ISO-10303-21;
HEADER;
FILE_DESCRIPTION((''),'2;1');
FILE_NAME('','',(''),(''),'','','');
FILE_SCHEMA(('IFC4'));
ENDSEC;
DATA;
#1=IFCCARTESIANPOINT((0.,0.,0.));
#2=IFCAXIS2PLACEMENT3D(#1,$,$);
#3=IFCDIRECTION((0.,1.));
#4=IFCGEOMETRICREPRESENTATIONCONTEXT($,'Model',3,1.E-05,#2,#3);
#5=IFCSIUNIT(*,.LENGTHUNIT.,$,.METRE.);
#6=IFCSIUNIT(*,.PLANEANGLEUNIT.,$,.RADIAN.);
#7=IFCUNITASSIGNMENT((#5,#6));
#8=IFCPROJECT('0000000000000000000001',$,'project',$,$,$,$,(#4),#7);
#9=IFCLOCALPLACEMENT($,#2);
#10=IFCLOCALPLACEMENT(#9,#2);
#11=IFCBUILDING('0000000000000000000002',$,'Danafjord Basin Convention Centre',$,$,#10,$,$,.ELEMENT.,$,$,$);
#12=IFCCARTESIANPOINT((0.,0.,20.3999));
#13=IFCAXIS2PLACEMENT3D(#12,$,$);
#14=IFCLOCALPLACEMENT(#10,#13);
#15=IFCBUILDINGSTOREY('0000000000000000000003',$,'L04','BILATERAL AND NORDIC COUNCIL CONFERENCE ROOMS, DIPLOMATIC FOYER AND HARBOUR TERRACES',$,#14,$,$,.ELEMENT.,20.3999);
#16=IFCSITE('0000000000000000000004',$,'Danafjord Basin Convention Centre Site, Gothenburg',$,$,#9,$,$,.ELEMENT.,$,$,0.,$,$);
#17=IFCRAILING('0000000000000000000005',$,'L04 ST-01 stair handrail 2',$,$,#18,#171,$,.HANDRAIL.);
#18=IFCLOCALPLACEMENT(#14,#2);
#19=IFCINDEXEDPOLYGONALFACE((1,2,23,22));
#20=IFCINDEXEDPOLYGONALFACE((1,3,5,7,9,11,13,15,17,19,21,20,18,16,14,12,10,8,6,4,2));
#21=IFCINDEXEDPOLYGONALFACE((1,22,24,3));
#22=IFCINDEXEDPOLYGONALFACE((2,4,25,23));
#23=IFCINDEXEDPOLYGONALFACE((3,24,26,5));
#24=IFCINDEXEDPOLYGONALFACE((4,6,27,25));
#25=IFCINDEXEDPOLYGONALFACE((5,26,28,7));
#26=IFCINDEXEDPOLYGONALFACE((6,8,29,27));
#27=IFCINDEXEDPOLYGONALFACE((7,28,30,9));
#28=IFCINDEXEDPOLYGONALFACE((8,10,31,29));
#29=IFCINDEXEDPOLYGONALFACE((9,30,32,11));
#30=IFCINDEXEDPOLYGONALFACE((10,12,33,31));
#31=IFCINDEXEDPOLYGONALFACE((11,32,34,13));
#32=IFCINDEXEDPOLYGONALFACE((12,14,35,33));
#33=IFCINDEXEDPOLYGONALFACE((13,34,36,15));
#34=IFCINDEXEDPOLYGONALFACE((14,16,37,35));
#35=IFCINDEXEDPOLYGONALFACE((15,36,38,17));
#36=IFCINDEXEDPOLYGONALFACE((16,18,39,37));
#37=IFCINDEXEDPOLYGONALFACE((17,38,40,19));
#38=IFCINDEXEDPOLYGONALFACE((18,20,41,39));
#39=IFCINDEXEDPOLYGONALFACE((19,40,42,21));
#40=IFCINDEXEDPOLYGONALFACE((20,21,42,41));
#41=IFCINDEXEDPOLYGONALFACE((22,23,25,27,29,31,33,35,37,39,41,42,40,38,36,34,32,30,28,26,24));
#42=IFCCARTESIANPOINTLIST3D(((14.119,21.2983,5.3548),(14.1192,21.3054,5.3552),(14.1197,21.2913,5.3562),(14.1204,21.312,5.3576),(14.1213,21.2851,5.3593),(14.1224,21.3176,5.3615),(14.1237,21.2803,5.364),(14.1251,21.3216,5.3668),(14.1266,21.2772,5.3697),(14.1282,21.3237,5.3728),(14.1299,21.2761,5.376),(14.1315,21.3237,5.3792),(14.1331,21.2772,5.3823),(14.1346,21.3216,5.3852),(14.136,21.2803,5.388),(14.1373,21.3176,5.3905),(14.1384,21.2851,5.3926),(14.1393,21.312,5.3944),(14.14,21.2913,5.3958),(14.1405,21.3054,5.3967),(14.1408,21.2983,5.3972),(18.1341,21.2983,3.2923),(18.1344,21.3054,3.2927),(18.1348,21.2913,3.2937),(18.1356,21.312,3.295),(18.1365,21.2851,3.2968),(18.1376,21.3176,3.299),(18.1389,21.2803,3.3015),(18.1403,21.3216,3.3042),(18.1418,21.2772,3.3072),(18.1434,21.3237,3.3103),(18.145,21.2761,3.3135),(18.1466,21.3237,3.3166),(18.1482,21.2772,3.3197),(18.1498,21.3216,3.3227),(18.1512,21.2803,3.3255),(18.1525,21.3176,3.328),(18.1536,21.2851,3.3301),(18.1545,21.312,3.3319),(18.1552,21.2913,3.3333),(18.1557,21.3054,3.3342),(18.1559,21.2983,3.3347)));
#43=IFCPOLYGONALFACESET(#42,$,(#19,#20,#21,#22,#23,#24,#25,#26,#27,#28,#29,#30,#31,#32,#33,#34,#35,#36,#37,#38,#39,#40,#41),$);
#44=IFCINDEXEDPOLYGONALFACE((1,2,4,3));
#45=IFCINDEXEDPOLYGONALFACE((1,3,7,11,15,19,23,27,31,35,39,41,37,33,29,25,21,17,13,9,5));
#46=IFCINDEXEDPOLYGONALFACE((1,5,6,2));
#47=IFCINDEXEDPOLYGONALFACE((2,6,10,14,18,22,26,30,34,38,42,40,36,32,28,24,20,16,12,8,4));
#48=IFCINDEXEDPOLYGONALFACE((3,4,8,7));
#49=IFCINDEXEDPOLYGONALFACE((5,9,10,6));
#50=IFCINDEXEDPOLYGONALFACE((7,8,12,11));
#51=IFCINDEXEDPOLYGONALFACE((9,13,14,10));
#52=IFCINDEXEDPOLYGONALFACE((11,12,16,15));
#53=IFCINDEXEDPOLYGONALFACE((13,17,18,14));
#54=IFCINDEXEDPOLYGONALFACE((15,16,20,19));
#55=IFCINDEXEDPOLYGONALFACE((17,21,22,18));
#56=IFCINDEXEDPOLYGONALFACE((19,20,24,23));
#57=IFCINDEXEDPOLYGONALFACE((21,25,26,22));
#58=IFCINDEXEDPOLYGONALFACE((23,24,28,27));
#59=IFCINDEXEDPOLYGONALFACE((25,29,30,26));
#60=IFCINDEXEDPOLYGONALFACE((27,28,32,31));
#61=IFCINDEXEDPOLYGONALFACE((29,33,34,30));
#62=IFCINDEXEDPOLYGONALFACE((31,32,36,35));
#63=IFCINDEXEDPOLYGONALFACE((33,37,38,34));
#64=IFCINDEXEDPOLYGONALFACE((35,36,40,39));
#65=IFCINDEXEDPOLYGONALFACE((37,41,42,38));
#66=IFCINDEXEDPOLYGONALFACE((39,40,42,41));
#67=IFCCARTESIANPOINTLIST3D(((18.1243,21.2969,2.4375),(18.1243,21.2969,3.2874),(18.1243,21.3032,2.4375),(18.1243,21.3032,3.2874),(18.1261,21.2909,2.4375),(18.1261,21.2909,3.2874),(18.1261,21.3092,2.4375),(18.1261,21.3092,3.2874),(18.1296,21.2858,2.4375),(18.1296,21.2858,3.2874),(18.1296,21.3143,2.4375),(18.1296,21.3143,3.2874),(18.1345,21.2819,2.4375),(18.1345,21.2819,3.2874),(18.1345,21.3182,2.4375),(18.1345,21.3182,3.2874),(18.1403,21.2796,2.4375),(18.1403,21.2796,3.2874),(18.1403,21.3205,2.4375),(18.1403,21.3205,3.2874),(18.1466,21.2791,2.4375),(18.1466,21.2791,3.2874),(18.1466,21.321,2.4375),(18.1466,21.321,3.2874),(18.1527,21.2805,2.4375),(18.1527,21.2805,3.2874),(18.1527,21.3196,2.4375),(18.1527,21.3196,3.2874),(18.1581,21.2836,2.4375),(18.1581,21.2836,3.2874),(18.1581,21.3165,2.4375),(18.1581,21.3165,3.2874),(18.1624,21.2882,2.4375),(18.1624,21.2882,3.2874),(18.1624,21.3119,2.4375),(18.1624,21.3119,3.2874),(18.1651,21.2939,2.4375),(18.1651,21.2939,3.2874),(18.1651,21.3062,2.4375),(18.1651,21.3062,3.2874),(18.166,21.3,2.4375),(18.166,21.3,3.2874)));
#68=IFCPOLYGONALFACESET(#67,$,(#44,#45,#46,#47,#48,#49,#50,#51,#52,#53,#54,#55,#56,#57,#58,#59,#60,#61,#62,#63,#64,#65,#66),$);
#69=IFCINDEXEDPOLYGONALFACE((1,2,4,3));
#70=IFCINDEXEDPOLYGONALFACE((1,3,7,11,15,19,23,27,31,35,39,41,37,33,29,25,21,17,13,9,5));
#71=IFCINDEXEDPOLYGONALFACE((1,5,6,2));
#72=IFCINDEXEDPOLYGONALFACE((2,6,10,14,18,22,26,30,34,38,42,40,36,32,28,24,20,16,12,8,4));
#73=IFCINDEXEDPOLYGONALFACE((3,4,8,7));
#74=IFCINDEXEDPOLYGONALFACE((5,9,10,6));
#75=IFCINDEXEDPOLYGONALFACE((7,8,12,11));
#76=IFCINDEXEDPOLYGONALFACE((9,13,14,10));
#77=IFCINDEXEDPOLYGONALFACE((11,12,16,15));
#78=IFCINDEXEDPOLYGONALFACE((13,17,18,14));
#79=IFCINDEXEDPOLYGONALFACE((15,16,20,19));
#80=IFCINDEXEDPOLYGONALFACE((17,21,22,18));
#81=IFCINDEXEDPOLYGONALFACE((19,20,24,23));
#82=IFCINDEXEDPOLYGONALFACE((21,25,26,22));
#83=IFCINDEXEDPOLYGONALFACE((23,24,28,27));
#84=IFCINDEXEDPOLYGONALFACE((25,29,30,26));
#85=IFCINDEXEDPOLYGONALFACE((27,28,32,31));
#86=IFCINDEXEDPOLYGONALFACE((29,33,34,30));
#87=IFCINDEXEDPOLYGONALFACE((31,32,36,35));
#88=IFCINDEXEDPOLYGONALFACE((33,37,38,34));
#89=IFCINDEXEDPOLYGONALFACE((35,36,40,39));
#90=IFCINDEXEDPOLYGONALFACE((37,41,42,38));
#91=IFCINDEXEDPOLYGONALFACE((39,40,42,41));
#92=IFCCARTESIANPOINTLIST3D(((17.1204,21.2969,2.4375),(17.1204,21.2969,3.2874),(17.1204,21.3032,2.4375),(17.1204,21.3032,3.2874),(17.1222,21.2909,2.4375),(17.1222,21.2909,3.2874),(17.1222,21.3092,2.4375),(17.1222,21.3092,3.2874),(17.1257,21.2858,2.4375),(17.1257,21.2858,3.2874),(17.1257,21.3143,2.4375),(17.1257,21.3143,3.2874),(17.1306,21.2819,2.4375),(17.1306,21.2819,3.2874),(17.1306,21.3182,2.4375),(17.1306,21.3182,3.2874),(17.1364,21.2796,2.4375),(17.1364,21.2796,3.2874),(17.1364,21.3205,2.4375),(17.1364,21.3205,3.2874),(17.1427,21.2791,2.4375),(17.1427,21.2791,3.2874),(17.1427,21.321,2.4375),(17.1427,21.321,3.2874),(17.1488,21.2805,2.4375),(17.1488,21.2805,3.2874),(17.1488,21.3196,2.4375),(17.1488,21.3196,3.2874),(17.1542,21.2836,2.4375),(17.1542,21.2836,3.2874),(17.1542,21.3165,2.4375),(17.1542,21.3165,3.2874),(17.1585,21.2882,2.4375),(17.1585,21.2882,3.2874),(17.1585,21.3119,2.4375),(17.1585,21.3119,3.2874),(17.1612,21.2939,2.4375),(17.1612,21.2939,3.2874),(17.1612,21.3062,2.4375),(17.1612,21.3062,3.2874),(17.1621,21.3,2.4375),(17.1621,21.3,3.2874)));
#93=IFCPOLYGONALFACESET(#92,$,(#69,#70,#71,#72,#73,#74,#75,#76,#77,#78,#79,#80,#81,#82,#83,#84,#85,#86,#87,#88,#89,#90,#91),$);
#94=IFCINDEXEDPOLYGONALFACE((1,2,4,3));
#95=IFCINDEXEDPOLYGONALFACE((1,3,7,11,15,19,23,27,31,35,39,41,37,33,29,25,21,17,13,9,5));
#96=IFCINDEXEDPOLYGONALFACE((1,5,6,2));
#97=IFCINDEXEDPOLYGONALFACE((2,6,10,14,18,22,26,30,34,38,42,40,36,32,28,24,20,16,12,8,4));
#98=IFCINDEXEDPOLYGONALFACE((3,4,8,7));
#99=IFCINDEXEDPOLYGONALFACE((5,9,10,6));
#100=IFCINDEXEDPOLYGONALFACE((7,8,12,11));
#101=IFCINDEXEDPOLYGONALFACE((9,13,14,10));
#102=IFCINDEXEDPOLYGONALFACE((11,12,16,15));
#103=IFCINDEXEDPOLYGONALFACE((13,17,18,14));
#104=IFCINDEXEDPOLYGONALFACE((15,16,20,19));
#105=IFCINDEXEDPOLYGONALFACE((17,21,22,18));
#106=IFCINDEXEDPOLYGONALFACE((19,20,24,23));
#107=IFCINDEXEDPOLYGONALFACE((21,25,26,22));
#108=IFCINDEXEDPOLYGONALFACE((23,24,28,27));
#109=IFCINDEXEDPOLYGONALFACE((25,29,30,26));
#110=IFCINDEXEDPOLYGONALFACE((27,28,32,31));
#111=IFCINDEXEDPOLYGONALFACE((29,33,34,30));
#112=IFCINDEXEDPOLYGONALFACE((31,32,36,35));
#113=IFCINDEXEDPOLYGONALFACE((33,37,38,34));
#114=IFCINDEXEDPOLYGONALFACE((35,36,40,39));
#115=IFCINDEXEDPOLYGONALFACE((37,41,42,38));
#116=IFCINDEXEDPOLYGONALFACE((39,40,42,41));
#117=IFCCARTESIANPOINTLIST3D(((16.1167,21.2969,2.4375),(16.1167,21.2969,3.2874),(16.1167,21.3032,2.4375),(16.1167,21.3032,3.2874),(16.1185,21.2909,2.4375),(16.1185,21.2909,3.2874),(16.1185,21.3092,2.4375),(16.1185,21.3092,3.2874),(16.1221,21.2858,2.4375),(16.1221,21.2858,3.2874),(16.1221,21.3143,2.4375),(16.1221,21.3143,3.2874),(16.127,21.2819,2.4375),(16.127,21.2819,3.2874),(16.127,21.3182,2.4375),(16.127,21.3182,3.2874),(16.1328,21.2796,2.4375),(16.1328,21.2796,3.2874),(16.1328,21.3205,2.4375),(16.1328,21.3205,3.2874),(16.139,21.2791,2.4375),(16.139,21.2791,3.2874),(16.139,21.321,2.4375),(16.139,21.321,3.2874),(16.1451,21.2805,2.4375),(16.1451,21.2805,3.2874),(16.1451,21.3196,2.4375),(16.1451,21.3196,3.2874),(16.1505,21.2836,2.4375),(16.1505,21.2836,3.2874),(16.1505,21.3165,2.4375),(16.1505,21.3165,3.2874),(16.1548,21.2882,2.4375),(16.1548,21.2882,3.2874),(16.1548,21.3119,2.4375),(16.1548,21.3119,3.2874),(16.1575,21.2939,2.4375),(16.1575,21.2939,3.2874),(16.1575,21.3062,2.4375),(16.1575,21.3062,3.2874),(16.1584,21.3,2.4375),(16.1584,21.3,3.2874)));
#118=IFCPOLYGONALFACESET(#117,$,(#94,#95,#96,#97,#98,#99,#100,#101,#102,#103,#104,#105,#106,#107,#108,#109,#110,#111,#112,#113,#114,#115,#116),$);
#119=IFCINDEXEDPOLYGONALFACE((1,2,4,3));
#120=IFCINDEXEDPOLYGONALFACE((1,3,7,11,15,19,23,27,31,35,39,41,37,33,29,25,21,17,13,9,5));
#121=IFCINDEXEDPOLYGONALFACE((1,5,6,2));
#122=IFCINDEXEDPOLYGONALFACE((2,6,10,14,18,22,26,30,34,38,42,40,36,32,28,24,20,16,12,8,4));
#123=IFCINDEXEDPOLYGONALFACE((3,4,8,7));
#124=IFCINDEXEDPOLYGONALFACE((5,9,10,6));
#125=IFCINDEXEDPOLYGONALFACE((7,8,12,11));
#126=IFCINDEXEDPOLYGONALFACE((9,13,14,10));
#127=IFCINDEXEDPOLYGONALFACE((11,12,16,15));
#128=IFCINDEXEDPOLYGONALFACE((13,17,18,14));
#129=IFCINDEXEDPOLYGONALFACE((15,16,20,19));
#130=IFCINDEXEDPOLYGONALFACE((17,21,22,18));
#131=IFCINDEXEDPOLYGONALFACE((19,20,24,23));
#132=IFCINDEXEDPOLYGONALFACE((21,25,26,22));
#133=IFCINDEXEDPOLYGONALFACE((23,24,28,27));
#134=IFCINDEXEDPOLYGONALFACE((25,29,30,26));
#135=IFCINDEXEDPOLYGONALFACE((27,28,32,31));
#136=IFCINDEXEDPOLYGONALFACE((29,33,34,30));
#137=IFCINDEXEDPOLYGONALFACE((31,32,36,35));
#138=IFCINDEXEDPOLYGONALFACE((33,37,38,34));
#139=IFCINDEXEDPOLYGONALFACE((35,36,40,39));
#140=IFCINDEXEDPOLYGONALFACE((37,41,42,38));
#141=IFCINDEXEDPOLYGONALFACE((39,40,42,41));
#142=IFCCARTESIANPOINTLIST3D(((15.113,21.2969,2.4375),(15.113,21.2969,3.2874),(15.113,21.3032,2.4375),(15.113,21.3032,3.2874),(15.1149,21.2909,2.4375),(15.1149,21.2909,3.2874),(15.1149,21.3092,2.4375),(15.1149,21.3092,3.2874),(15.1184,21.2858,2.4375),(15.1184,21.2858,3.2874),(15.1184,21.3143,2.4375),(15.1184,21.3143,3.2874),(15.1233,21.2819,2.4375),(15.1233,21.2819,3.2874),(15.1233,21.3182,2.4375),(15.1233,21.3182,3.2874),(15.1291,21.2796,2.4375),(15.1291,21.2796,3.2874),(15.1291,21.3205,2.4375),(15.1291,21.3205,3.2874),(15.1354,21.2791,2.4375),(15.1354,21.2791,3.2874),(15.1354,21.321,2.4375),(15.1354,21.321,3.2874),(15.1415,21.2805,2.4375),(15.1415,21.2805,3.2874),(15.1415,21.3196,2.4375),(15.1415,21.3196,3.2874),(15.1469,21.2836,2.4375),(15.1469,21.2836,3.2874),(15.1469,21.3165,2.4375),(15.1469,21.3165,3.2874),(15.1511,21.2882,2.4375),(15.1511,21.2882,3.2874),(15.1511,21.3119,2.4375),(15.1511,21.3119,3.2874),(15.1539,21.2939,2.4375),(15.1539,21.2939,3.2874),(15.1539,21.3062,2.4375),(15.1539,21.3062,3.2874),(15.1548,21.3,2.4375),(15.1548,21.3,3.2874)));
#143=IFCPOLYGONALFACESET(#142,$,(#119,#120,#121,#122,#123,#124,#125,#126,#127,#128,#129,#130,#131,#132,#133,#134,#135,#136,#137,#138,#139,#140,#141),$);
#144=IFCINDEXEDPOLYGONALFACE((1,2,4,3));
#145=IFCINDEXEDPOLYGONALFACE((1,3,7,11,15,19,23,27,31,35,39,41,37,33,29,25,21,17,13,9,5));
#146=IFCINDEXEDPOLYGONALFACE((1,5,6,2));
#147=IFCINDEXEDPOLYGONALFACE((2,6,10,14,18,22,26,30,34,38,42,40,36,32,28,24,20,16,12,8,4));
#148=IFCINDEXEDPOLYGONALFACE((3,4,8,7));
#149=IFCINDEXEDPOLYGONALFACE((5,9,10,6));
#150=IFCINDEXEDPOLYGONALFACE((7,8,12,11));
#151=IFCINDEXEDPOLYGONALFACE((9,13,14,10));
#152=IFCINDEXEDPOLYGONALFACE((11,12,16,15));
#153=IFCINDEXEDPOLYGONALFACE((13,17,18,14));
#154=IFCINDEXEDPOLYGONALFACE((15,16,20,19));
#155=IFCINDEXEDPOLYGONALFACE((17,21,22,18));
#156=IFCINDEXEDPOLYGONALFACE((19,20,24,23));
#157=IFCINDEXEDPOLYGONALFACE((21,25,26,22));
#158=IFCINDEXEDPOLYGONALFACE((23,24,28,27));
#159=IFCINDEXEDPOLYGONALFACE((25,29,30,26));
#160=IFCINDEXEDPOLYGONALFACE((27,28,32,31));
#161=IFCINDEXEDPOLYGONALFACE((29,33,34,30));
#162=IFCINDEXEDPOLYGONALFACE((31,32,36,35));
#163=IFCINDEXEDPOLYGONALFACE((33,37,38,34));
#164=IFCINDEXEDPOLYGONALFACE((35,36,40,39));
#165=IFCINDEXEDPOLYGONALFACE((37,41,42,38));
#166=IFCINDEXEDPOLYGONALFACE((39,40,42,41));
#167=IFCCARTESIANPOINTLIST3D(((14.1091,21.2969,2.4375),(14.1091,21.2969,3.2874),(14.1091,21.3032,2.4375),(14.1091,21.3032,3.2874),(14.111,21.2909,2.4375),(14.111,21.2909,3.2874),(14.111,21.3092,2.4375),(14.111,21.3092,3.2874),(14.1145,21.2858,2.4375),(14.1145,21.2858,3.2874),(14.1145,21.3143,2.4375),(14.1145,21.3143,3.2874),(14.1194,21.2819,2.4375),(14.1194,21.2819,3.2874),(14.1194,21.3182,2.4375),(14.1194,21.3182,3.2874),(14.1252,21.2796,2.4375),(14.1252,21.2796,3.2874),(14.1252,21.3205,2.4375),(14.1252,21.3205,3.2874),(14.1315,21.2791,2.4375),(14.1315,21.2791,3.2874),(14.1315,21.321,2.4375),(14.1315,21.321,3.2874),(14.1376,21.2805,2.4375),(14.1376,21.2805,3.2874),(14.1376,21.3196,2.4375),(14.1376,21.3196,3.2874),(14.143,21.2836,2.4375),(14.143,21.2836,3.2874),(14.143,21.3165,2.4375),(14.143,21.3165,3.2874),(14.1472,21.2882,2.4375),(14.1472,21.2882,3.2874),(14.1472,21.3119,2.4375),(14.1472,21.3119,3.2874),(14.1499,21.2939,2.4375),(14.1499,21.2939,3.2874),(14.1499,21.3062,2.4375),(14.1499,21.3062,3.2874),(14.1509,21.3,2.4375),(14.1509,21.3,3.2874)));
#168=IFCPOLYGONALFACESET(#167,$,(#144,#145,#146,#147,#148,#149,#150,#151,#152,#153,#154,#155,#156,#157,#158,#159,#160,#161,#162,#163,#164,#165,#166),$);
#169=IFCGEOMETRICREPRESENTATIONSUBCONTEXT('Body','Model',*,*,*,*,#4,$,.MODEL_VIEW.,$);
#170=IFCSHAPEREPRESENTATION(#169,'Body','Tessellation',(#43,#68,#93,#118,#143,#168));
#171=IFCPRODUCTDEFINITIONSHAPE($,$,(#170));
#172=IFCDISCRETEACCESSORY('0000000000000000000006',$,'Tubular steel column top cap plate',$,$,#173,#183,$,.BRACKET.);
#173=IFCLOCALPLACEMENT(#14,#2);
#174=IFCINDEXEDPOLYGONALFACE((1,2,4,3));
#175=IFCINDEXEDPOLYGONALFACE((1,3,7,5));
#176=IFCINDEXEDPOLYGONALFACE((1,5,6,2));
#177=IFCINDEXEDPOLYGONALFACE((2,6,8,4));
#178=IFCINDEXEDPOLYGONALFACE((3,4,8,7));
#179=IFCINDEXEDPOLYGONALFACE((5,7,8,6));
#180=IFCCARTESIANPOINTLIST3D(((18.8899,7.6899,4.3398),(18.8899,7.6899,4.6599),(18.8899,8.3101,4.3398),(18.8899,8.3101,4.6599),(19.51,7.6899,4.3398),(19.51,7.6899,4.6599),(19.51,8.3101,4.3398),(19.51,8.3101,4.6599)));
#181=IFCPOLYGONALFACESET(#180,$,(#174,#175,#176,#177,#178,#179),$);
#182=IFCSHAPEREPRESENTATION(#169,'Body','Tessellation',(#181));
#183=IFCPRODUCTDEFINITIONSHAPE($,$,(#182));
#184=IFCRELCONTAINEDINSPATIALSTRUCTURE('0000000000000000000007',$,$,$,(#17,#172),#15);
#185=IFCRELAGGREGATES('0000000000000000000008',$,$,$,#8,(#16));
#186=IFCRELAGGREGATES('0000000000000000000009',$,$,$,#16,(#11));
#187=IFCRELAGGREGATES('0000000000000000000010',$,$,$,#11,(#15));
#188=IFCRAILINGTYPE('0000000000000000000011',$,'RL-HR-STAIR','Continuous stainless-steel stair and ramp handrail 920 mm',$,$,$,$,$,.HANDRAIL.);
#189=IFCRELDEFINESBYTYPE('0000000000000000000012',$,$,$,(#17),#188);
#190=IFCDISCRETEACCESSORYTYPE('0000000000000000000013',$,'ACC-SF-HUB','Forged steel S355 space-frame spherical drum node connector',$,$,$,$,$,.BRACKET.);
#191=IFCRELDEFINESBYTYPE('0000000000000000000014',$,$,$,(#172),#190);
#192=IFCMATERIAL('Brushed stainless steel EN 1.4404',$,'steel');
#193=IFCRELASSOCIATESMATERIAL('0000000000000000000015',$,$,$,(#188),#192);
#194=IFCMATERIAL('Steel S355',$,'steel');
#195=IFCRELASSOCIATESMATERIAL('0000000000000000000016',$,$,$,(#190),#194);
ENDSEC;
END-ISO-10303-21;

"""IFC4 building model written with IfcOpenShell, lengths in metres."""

from ifc_helpers import new_model, si_unit, direction, frame, origin, origin_2d, place, context, subcontext, project, spatial, rectangle, circle, extrude, material, type_object, element, save


model = new_model("IFC4")

# Units and contexts
model_context = context("Model", 3, precision=1e-05, world=origin(), true_north=direction((0.0, 1.0)))
body_context = subcontext(model_context, "Body", "Model", "MODEL_VIEW")
ifc_project = project(units=[si_unit("LENGTHUNIT", "METRE"), si_unit("PLANEANGLEUNIT", "RADIAN")], contexts=[model_context])

# Site, building, storey
site_placement = place(None, origin())
site = spatial("IfcSite", under=ifc_project, at=site_placement, Name="Danafjord Basin Convention Centre Site, Gothenburg", CompositionType="ELEMENT", RefElevation=0.0)
building_placement = place(site_placement, origin())
building = spatial("IfcBuilding", under=site, at=building_placement, Name="Danafjord Basin Convention Centre", CompositionType="ELEMENT")
storey_placement = place(building_placement, frame((0.0, 0.0, 20.3999)))
storey = spatial("IfcBuildingStorey", under=building, at=storey_placement, Name="L04", Description="BILATERAL AND NORDIC COUNCIL CONFERENCE ROOMS, DIPLOMATIC FOYER AND HARBOUR TERRACES", CompositionType="ELEMENT", Elevation=20.3999)

# Shared definitions
ifc_material_1 = material(Name="Steel S355", Category="steel")

# Railing
ifc_material_2 = material(Name="Brushed stainless steel EN 1.4404", Category="steel")
railing_type_1 = type_object("IfcRailingType", Name="RL-HR-STAIR", Description="Continuous stainless-steel stair and ramp handrail 920 mm", PredefinedType="HANDRAIL", material=ifc_material_2)
railing_1_placement = place(storey_placement, frame((18.145, 21.3, 2.4375)))
element("IfcRailing", 1, at=railing_1_placement, inside=storey, type_object=railing_type_1, Name="L04 ST-01 stair handrail 2", PredefinedType="HANDRAIL", context=body_context, shape_type="SweptSolid", body=[
    extrude(circle(Radius=0.0239, at=origin_2d()), frame((0.0, 0.0, 0.876), z_axis=(-0.889506, 0.0, 0.456923), x_axis=(0.0, -1.0, 0.0)), (0.0, 0.0, 1.0), 4.5139),
    extrude(circle(Radius=0.021, at=origin_2d()), origin(), (0.0, 0.0, 1.0), 0.8499),
    extrude(circle(Radius=0.021, at=origin_2d()), frame((-1.0039, 0.0, 0.0)), (0.0, 0.0, 1.0), 0.8499),
    extrude(circle(Radius=0.021, at=origin_2d()), frame((-2.0076, 0.0, 0.0)), (0.0, 0.0, 1.0), 0.8499),
    extrude(circle(Radius=0.021, at=origin_2d()), frame((-3.0112, 0.0, 0.0)), (0.0, 0.0, 1.0), 0.8499),
    extrude(circle(Radius=0.021, at=origin_2d()), frame((-4.0151, 0.0, 0.0)), (0.0, 0.0, 1.0), 0.8499),
])

# Discrete accessory
discrete_accessory_type = type_object("IfcDiscreteAccessoryType", Name="ACC-SF-HUB", Description="Forged steel S355 space-frame spherical drum node connector", PredefinedType="BRACKET", material=ifc_material_1)
discrete_accessory_placement = place(storey_placement, frame((19.2, 8.0, 4.3398), z_axis=(0.0, 0.0, 1.0), x_axis=(1.0, 0.0, 0.0)))
element("IfcDiscreteAccessory", 2, at=discrete_accessory_placement, inside=storey, type_object=discrete_accessory_type, Name="Tubular steel column top cap plate", PredefinedType="BRACKET", context=body_context, shape_type="SweptSolid", body=[
    extrude(rectangle(XDim=0.6201, YDim=0.6201, at=origin_2d()), origin(), (0.0, 0.0, 1.0), 0.3201),
])

save(model, "model.ifc")
